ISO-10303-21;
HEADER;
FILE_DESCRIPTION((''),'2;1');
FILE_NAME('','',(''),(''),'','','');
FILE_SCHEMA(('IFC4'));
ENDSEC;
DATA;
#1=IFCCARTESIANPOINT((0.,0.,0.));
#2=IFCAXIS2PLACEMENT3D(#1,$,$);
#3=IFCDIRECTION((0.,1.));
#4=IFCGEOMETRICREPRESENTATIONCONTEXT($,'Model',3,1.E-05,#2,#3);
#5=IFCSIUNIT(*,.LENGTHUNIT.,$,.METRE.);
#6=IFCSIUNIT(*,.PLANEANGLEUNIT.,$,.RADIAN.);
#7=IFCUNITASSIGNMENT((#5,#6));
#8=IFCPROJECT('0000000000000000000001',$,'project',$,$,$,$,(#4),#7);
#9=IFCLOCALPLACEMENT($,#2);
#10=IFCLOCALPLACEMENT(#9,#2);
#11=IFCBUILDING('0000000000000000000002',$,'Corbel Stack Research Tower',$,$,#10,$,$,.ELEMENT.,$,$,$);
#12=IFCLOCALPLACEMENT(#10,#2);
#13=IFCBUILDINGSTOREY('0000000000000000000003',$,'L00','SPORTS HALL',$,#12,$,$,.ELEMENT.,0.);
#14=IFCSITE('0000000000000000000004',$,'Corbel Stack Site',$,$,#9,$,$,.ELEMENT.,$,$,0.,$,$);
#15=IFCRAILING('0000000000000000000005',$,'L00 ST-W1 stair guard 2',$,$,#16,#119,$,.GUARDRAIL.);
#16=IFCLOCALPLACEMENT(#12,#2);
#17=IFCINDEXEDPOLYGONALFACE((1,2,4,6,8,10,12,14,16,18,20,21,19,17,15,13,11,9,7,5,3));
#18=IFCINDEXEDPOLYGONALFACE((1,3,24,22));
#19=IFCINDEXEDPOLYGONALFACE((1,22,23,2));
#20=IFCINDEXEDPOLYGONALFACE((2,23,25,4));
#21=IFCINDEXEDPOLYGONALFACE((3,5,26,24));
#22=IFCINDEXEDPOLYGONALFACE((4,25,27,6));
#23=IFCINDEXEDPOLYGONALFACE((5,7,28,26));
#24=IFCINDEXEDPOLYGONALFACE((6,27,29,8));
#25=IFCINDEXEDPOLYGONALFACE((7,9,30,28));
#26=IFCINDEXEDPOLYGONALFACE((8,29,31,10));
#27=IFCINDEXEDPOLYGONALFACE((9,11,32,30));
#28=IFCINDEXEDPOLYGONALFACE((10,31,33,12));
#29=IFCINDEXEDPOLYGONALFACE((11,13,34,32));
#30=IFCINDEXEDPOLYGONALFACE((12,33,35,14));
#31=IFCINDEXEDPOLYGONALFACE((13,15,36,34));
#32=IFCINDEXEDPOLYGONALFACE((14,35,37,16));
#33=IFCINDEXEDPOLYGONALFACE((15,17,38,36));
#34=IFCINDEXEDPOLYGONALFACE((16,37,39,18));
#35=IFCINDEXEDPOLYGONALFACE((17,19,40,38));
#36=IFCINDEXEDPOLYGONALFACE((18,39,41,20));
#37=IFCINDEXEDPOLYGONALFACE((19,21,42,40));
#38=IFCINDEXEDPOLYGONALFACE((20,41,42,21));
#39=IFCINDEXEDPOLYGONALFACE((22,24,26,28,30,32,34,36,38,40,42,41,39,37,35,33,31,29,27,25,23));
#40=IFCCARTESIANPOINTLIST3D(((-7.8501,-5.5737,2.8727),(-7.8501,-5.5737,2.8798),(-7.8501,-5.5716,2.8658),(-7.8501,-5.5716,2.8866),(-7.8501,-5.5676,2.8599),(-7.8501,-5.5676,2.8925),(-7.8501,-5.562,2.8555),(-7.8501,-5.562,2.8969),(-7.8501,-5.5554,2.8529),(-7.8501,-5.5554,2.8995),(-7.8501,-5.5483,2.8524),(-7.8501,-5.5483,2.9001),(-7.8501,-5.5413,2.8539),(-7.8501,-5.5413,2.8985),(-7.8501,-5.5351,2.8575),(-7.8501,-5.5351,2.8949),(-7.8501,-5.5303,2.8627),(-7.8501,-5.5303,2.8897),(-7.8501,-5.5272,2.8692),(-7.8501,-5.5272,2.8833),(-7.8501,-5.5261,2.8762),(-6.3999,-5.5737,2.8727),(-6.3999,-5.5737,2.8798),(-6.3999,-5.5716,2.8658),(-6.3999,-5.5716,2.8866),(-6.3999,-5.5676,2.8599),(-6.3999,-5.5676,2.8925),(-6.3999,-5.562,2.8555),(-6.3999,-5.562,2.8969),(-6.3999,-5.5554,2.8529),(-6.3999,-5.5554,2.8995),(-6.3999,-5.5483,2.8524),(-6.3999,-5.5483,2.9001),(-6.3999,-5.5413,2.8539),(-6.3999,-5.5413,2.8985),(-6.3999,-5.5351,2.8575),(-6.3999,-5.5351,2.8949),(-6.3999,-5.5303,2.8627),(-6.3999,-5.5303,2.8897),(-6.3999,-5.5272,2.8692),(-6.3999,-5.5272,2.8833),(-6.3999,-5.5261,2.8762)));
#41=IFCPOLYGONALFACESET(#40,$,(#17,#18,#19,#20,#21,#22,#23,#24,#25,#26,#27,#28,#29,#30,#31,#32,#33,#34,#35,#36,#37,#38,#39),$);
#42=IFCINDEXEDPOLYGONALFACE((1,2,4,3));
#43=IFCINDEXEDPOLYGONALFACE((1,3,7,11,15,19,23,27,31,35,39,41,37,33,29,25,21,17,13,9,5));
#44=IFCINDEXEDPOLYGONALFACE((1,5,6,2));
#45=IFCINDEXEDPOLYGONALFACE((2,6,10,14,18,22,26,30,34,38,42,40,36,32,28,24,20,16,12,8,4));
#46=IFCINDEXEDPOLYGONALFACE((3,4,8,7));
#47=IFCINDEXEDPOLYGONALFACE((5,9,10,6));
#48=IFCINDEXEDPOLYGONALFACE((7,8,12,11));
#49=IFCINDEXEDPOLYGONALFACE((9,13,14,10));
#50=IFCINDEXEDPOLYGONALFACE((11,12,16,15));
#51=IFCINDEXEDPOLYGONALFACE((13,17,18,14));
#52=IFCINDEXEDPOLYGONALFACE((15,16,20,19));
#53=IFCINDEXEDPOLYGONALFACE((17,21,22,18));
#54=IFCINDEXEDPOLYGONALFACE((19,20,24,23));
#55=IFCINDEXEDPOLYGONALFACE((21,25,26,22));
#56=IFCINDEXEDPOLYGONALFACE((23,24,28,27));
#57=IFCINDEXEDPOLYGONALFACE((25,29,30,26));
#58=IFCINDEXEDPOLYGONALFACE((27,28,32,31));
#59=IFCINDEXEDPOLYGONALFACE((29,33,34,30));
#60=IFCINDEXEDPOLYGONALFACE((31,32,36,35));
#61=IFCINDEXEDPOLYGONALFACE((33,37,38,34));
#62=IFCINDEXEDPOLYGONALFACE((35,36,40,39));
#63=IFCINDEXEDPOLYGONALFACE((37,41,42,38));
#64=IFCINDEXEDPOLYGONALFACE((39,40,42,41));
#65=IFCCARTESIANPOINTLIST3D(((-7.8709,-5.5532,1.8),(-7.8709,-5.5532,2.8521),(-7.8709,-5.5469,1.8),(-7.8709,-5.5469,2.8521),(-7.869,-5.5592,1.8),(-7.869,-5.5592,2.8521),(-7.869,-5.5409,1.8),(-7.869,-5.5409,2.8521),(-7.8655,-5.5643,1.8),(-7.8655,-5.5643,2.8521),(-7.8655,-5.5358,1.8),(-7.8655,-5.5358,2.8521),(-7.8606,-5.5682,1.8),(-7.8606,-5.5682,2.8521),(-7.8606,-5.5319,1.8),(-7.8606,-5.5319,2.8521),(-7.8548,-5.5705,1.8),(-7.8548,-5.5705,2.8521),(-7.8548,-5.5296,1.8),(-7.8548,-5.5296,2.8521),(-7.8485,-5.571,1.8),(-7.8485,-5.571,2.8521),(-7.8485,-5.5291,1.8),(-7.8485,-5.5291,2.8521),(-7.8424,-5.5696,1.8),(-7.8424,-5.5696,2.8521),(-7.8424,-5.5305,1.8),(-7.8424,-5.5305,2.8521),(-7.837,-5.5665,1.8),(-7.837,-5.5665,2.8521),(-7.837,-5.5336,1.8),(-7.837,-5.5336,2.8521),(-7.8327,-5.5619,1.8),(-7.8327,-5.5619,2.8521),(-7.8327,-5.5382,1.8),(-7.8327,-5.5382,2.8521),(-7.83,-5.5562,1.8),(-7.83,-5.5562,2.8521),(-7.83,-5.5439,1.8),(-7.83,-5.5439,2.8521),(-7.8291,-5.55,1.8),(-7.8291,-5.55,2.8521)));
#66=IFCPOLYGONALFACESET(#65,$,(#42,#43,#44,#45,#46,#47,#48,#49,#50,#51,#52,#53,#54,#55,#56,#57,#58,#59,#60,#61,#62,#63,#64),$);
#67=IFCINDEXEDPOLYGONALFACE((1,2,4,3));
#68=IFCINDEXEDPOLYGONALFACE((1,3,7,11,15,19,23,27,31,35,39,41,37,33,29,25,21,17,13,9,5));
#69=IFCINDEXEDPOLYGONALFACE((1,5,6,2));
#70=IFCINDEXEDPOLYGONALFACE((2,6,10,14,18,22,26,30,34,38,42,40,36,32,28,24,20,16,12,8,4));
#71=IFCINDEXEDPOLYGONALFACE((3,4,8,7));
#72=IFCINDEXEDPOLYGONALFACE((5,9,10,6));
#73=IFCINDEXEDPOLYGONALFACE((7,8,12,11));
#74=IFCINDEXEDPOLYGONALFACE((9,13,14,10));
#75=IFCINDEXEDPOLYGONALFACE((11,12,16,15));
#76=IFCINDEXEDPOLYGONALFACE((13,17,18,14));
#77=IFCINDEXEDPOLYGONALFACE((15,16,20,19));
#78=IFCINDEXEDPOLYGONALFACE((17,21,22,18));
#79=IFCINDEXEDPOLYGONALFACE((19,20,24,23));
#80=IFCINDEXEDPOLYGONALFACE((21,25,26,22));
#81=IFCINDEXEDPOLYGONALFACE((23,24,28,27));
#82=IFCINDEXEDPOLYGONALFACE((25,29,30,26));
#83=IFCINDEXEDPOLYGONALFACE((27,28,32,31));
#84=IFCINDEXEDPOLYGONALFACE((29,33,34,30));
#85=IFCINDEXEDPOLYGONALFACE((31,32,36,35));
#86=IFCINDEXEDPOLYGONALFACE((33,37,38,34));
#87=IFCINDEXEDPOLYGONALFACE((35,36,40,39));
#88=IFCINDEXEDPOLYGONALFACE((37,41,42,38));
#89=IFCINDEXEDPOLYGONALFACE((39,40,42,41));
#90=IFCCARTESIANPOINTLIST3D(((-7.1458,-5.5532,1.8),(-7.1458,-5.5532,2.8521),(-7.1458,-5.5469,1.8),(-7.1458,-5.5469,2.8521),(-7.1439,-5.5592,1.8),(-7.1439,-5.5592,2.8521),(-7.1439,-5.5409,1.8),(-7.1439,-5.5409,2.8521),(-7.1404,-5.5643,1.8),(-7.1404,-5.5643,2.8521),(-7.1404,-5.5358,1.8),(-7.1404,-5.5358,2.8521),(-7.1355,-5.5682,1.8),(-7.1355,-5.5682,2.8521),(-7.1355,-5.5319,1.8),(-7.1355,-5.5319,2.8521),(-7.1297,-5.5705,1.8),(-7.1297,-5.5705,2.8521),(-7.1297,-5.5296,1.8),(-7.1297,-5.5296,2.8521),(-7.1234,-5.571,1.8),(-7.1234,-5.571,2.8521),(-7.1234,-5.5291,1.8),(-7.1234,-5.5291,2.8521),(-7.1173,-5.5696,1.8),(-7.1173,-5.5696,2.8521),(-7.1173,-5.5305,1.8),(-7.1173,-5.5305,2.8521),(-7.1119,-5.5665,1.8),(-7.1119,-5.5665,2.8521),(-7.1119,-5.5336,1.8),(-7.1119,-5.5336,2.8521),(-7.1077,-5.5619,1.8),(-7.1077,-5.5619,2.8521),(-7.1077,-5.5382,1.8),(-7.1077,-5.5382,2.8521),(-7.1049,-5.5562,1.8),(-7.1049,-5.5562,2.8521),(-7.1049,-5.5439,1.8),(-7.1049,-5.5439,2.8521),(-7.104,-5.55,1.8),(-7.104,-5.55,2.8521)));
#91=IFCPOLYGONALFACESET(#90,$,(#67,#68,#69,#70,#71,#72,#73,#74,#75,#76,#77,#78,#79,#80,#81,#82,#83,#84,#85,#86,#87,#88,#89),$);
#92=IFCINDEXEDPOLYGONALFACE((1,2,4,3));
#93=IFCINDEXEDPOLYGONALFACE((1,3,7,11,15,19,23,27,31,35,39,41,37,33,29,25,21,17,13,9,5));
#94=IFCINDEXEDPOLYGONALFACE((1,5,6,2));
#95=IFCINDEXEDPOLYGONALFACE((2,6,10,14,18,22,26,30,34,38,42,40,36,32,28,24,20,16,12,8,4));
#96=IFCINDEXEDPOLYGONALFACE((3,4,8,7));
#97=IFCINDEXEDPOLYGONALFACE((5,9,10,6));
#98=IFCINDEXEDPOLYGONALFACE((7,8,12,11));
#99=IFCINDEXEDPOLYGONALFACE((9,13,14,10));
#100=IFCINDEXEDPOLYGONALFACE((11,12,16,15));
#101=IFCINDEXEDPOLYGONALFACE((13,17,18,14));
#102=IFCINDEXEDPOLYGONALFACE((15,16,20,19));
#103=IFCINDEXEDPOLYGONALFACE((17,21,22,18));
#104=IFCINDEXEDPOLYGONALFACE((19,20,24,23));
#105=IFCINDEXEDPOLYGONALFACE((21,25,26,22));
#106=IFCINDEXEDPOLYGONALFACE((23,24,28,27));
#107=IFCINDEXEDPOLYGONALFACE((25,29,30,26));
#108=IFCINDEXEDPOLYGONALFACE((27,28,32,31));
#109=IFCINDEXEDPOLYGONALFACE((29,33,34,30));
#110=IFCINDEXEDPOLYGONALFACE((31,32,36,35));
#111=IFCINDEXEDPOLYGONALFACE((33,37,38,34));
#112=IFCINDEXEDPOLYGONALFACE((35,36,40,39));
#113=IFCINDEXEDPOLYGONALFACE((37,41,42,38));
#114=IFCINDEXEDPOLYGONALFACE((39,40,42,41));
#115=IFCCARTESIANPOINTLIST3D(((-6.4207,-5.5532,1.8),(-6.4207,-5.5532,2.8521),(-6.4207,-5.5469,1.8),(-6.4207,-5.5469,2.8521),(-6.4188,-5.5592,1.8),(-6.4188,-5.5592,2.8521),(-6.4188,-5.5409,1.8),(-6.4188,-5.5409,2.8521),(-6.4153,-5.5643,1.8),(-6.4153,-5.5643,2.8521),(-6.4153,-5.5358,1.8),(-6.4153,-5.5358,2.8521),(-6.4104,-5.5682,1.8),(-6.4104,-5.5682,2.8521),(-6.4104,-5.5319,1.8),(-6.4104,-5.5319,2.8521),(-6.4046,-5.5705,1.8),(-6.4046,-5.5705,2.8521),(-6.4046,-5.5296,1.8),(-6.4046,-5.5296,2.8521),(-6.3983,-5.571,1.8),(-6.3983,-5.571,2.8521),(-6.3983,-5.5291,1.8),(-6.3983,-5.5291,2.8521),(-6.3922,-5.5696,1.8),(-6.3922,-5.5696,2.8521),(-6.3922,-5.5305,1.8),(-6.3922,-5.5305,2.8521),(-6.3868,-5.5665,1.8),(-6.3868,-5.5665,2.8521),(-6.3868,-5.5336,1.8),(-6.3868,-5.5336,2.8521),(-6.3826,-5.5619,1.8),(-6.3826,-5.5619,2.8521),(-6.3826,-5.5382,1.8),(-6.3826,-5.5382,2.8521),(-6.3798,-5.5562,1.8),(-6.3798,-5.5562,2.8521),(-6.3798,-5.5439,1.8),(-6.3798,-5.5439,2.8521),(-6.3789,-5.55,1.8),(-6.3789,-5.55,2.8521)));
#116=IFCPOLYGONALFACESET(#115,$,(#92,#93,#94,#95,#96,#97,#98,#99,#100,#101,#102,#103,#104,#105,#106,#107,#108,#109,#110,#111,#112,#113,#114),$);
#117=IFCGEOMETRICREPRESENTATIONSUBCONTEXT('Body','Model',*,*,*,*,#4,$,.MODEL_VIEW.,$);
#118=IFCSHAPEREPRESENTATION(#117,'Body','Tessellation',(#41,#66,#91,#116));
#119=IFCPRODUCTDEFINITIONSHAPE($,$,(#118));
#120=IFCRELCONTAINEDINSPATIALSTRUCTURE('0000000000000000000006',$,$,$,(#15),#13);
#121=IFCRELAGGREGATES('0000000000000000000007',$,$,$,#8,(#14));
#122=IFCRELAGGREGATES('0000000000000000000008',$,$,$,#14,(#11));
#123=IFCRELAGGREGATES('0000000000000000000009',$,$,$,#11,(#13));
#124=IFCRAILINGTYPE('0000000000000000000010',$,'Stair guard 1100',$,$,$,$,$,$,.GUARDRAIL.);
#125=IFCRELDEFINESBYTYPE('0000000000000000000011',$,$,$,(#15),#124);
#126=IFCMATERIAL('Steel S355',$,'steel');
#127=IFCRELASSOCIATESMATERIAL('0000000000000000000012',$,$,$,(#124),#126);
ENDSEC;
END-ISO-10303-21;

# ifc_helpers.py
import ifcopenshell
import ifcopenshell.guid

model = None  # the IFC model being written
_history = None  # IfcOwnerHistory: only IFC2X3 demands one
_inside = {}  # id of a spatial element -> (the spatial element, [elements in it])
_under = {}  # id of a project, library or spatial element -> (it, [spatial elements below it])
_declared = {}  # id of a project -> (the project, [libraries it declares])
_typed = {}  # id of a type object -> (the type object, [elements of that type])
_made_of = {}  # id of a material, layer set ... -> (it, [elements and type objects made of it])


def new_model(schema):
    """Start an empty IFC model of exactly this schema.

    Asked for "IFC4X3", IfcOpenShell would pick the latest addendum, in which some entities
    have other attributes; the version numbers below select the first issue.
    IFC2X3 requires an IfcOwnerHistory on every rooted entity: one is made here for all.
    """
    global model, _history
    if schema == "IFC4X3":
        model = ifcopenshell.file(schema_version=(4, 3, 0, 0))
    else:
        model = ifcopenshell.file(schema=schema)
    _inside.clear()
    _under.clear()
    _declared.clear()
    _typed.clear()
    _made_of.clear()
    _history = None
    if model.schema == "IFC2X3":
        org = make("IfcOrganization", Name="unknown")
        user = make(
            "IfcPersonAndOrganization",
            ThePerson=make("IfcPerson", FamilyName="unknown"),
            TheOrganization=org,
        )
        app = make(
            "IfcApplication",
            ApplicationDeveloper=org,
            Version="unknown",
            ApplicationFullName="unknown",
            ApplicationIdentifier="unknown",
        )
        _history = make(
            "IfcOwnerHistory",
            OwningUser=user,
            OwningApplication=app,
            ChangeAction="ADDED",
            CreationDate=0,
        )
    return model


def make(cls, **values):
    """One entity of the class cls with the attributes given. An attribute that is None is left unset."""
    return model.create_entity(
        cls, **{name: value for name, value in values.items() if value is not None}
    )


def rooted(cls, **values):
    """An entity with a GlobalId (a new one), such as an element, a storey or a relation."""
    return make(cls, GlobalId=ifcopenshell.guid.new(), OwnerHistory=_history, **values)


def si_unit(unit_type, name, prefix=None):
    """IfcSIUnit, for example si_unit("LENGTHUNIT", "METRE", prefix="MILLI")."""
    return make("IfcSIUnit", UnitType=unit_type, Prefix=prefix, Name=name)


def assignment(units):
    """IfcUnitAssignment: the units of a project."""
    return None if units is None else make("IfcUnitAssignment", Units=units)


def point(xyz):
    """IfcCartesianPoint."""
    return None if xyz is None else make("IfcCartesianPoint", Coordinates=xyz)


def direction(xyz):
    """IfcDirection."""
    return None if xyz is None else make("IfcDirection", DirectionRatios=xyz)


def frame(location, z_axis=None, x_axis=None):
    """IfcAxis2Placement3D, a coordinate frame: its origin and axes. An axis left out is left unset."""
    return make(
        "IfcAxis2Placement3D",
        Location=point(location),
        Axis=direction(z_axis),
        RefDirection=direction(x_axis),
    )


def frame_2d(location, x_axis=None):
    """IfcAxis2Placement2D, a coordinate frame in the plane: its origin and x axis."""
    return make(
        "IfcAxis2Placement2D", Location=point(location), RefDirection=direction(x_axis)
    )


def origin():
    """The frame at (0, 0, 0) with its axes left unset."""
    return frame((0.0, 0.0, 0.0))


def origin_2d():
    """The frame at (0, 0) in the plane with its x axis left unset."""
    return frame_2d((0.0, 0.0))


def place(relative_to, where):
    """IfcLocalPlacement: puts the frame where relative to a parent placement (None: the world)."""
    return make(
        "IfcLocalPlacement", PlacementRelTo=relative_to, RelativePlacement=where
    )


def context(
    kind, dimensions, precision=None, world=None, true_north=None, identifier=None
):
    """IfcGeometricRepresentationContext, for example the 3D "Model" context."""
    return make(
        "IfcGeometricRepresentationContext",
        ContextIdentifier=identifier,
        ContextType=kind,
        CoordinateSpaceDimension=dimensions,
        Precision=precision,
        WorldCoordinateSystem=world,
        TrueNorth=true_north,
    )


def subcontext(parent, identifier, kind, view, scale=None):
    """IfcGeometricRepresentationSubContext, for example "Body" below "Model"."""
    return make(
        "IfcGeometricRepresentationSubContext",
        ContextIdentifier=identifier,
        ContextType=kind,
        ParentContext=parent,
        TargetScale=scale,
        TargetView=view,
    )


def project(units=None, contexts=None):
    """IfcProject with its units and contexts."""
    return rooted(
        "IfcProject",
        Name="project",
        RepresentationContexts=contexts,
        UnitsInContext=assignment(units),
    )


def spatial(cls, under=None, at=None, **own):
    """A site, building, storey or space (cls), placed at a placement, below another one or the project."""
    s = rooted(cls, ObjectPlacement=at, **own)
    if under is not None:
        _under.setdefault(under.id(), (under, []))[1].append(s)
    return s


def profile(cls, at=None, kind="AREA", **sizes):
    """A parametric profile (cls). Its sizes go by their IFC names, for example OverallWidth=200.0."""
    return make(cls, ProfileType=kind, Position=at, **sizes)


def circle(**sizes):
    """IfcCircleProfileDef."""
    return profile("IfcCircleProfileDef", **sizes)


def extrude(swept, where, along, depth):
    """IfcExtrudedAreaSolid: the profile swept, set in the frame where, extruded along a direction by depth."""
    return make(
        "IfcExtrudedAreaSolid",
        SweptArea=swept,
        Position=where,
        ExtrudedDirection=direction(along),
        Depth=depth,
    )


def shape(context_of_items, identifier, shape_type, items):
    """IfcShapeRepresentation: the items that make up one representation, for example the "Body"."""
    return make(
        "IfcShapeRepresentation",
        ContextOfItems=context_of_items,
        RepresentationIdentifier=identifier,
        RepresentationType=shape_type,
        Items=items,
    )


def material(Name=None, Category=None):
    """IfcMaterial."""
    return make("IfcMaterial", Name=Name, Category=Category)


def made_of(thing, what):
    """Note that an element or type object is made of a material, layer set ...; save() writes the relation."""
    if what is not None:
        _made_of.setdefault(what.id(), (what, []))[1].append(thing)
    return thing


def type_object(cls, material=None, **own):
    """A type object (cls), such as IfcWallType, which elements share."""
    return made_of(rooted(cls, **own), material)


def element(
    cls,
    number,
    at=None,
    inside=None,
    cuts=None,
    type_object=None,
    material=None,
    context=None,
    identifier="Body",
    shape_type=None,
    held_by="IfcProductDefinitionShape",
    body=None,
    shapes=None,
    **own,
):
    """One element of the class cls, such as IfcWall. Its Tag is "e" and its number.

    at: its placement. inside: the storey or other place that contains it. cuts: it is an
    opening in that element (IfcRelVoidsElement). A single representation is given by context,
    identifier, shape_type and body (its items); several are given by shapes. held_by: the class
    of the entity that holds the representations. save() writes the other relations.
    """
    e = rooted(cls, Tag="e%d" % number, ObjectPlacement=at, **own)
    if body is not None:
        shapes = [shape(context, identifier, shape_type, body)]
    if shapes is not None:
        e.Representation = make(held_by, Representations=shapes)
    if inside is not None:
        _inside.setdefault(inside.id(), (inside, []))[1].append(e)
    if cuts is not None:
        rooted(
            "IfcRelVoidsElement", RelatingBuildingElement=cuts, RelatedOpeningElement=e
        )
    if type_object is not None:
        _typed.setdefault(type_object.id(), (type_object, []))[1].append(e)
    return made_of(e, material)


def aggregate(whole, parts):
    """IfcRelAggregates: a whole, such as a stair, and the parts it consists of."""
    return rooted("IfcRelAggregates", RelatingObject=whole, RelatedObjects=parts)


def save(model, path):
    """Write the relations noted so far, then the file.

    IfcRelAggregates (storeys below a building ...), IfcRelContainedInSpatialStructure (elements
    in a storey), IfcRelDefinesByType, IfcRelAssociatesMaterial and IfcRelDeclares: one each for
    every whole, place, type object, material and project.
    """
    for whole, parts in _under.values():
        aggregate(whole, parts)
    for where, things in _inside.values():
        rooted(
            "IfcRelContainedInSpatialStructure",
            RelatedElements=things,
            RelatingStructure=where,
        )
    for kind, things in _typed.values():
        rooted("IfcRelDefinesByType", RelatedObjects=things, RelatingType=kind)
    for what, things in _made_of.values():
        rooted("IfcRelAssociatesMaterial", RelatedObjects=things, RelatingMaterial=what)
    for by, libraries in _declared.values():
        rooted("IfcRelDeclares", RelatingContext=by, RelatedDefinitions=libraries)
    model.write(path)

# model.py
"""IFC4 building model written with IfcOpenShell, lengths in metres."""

from ifc_helpers import new_model, si_unit, direction, frame, origin, origin_2d, place, context, subcontext, project, spatial, circle, extrude, material, type_object, element, save


model = new_model("IFC4")

# Units and contexts
model_context = context("Model", 3, precision=1e-05, world=origin(), true_north=direction((0.0, 1.0)))
body_context = subcontext(model_context, "Body", "Model", "MODEL_VIEW")
ifc_project = project(units=[si_unit("LENGTHUNIT", "METRE"), si_unit("PLANEANGLEUNIT", "RADIAN")], contexts=[model_context])

# Site, building, storey
site_placement = place(None, origin())
site = spatial("IfcSite", under=ifc_project, at=site_placement, Name="Corbel Stack Site", CompositionType="ELEMENT", RefElevation=0.0)
building_placement = place(site_placement, origin())
building = spatial("IfcBuilding", under=site, at=building_placement, Name="Corbel Stack Research Tower", CompositionType="ELEMENT")
storey_placement = place(building_placement, origin())
storey = spatial("IfcBuildingStorey", under=building, at=storey_placement, Name="L00", Description="SPORTS HALL", CompositionType="ELEMENT", Elevation=0.0)

# Railing
ifc_material_1 = material(Name="Steel S355", Category="steel")
railing_type_1 = type_object("IfcRailingType", Name="Stair guard 1100", PredefinedType="GUARDRAIL", material=ifc_material_1)
railing_1_placement = place(storey_placement, frame((-7.8501, -5.55, 1.8)))
element("IfcRailing", 1, at=railing_1_placement, inside=storey, type_object=railing_type_1, Name="L00 ST-W1 stair guard 2", PredefinedType="GUARDRAIL", context=body_context, shape_type="SweptSolid", body=[
    extrude(circle(Radius=0.0239, at=origin_2d()), frame((0.0, 0.0, 1.0762), z_axis=(1.0, 0.0, 0.0), x_axis=(0.0, 1.0, 0.0)), (0.0, 0.0, 1.0), 1.4502),
    extrude(circle(Radius=0.021, at=origin_2d()), origin(), (0.0, 0.0, 1.0), 1.052),
    extrude(circle(Radius=0.021, at=origin_2d()), frame((0.7251, 0.0, 0.0)), (0.0, 0.0, 1.0), 1.052),
    extrude(circle(Radius=0.021, at=origin_2d()), frame((1.4502, 0.0, 0.0)), (0.0, 0.0, 1.0), 1.052),
])

save(model, "model.ifc")
